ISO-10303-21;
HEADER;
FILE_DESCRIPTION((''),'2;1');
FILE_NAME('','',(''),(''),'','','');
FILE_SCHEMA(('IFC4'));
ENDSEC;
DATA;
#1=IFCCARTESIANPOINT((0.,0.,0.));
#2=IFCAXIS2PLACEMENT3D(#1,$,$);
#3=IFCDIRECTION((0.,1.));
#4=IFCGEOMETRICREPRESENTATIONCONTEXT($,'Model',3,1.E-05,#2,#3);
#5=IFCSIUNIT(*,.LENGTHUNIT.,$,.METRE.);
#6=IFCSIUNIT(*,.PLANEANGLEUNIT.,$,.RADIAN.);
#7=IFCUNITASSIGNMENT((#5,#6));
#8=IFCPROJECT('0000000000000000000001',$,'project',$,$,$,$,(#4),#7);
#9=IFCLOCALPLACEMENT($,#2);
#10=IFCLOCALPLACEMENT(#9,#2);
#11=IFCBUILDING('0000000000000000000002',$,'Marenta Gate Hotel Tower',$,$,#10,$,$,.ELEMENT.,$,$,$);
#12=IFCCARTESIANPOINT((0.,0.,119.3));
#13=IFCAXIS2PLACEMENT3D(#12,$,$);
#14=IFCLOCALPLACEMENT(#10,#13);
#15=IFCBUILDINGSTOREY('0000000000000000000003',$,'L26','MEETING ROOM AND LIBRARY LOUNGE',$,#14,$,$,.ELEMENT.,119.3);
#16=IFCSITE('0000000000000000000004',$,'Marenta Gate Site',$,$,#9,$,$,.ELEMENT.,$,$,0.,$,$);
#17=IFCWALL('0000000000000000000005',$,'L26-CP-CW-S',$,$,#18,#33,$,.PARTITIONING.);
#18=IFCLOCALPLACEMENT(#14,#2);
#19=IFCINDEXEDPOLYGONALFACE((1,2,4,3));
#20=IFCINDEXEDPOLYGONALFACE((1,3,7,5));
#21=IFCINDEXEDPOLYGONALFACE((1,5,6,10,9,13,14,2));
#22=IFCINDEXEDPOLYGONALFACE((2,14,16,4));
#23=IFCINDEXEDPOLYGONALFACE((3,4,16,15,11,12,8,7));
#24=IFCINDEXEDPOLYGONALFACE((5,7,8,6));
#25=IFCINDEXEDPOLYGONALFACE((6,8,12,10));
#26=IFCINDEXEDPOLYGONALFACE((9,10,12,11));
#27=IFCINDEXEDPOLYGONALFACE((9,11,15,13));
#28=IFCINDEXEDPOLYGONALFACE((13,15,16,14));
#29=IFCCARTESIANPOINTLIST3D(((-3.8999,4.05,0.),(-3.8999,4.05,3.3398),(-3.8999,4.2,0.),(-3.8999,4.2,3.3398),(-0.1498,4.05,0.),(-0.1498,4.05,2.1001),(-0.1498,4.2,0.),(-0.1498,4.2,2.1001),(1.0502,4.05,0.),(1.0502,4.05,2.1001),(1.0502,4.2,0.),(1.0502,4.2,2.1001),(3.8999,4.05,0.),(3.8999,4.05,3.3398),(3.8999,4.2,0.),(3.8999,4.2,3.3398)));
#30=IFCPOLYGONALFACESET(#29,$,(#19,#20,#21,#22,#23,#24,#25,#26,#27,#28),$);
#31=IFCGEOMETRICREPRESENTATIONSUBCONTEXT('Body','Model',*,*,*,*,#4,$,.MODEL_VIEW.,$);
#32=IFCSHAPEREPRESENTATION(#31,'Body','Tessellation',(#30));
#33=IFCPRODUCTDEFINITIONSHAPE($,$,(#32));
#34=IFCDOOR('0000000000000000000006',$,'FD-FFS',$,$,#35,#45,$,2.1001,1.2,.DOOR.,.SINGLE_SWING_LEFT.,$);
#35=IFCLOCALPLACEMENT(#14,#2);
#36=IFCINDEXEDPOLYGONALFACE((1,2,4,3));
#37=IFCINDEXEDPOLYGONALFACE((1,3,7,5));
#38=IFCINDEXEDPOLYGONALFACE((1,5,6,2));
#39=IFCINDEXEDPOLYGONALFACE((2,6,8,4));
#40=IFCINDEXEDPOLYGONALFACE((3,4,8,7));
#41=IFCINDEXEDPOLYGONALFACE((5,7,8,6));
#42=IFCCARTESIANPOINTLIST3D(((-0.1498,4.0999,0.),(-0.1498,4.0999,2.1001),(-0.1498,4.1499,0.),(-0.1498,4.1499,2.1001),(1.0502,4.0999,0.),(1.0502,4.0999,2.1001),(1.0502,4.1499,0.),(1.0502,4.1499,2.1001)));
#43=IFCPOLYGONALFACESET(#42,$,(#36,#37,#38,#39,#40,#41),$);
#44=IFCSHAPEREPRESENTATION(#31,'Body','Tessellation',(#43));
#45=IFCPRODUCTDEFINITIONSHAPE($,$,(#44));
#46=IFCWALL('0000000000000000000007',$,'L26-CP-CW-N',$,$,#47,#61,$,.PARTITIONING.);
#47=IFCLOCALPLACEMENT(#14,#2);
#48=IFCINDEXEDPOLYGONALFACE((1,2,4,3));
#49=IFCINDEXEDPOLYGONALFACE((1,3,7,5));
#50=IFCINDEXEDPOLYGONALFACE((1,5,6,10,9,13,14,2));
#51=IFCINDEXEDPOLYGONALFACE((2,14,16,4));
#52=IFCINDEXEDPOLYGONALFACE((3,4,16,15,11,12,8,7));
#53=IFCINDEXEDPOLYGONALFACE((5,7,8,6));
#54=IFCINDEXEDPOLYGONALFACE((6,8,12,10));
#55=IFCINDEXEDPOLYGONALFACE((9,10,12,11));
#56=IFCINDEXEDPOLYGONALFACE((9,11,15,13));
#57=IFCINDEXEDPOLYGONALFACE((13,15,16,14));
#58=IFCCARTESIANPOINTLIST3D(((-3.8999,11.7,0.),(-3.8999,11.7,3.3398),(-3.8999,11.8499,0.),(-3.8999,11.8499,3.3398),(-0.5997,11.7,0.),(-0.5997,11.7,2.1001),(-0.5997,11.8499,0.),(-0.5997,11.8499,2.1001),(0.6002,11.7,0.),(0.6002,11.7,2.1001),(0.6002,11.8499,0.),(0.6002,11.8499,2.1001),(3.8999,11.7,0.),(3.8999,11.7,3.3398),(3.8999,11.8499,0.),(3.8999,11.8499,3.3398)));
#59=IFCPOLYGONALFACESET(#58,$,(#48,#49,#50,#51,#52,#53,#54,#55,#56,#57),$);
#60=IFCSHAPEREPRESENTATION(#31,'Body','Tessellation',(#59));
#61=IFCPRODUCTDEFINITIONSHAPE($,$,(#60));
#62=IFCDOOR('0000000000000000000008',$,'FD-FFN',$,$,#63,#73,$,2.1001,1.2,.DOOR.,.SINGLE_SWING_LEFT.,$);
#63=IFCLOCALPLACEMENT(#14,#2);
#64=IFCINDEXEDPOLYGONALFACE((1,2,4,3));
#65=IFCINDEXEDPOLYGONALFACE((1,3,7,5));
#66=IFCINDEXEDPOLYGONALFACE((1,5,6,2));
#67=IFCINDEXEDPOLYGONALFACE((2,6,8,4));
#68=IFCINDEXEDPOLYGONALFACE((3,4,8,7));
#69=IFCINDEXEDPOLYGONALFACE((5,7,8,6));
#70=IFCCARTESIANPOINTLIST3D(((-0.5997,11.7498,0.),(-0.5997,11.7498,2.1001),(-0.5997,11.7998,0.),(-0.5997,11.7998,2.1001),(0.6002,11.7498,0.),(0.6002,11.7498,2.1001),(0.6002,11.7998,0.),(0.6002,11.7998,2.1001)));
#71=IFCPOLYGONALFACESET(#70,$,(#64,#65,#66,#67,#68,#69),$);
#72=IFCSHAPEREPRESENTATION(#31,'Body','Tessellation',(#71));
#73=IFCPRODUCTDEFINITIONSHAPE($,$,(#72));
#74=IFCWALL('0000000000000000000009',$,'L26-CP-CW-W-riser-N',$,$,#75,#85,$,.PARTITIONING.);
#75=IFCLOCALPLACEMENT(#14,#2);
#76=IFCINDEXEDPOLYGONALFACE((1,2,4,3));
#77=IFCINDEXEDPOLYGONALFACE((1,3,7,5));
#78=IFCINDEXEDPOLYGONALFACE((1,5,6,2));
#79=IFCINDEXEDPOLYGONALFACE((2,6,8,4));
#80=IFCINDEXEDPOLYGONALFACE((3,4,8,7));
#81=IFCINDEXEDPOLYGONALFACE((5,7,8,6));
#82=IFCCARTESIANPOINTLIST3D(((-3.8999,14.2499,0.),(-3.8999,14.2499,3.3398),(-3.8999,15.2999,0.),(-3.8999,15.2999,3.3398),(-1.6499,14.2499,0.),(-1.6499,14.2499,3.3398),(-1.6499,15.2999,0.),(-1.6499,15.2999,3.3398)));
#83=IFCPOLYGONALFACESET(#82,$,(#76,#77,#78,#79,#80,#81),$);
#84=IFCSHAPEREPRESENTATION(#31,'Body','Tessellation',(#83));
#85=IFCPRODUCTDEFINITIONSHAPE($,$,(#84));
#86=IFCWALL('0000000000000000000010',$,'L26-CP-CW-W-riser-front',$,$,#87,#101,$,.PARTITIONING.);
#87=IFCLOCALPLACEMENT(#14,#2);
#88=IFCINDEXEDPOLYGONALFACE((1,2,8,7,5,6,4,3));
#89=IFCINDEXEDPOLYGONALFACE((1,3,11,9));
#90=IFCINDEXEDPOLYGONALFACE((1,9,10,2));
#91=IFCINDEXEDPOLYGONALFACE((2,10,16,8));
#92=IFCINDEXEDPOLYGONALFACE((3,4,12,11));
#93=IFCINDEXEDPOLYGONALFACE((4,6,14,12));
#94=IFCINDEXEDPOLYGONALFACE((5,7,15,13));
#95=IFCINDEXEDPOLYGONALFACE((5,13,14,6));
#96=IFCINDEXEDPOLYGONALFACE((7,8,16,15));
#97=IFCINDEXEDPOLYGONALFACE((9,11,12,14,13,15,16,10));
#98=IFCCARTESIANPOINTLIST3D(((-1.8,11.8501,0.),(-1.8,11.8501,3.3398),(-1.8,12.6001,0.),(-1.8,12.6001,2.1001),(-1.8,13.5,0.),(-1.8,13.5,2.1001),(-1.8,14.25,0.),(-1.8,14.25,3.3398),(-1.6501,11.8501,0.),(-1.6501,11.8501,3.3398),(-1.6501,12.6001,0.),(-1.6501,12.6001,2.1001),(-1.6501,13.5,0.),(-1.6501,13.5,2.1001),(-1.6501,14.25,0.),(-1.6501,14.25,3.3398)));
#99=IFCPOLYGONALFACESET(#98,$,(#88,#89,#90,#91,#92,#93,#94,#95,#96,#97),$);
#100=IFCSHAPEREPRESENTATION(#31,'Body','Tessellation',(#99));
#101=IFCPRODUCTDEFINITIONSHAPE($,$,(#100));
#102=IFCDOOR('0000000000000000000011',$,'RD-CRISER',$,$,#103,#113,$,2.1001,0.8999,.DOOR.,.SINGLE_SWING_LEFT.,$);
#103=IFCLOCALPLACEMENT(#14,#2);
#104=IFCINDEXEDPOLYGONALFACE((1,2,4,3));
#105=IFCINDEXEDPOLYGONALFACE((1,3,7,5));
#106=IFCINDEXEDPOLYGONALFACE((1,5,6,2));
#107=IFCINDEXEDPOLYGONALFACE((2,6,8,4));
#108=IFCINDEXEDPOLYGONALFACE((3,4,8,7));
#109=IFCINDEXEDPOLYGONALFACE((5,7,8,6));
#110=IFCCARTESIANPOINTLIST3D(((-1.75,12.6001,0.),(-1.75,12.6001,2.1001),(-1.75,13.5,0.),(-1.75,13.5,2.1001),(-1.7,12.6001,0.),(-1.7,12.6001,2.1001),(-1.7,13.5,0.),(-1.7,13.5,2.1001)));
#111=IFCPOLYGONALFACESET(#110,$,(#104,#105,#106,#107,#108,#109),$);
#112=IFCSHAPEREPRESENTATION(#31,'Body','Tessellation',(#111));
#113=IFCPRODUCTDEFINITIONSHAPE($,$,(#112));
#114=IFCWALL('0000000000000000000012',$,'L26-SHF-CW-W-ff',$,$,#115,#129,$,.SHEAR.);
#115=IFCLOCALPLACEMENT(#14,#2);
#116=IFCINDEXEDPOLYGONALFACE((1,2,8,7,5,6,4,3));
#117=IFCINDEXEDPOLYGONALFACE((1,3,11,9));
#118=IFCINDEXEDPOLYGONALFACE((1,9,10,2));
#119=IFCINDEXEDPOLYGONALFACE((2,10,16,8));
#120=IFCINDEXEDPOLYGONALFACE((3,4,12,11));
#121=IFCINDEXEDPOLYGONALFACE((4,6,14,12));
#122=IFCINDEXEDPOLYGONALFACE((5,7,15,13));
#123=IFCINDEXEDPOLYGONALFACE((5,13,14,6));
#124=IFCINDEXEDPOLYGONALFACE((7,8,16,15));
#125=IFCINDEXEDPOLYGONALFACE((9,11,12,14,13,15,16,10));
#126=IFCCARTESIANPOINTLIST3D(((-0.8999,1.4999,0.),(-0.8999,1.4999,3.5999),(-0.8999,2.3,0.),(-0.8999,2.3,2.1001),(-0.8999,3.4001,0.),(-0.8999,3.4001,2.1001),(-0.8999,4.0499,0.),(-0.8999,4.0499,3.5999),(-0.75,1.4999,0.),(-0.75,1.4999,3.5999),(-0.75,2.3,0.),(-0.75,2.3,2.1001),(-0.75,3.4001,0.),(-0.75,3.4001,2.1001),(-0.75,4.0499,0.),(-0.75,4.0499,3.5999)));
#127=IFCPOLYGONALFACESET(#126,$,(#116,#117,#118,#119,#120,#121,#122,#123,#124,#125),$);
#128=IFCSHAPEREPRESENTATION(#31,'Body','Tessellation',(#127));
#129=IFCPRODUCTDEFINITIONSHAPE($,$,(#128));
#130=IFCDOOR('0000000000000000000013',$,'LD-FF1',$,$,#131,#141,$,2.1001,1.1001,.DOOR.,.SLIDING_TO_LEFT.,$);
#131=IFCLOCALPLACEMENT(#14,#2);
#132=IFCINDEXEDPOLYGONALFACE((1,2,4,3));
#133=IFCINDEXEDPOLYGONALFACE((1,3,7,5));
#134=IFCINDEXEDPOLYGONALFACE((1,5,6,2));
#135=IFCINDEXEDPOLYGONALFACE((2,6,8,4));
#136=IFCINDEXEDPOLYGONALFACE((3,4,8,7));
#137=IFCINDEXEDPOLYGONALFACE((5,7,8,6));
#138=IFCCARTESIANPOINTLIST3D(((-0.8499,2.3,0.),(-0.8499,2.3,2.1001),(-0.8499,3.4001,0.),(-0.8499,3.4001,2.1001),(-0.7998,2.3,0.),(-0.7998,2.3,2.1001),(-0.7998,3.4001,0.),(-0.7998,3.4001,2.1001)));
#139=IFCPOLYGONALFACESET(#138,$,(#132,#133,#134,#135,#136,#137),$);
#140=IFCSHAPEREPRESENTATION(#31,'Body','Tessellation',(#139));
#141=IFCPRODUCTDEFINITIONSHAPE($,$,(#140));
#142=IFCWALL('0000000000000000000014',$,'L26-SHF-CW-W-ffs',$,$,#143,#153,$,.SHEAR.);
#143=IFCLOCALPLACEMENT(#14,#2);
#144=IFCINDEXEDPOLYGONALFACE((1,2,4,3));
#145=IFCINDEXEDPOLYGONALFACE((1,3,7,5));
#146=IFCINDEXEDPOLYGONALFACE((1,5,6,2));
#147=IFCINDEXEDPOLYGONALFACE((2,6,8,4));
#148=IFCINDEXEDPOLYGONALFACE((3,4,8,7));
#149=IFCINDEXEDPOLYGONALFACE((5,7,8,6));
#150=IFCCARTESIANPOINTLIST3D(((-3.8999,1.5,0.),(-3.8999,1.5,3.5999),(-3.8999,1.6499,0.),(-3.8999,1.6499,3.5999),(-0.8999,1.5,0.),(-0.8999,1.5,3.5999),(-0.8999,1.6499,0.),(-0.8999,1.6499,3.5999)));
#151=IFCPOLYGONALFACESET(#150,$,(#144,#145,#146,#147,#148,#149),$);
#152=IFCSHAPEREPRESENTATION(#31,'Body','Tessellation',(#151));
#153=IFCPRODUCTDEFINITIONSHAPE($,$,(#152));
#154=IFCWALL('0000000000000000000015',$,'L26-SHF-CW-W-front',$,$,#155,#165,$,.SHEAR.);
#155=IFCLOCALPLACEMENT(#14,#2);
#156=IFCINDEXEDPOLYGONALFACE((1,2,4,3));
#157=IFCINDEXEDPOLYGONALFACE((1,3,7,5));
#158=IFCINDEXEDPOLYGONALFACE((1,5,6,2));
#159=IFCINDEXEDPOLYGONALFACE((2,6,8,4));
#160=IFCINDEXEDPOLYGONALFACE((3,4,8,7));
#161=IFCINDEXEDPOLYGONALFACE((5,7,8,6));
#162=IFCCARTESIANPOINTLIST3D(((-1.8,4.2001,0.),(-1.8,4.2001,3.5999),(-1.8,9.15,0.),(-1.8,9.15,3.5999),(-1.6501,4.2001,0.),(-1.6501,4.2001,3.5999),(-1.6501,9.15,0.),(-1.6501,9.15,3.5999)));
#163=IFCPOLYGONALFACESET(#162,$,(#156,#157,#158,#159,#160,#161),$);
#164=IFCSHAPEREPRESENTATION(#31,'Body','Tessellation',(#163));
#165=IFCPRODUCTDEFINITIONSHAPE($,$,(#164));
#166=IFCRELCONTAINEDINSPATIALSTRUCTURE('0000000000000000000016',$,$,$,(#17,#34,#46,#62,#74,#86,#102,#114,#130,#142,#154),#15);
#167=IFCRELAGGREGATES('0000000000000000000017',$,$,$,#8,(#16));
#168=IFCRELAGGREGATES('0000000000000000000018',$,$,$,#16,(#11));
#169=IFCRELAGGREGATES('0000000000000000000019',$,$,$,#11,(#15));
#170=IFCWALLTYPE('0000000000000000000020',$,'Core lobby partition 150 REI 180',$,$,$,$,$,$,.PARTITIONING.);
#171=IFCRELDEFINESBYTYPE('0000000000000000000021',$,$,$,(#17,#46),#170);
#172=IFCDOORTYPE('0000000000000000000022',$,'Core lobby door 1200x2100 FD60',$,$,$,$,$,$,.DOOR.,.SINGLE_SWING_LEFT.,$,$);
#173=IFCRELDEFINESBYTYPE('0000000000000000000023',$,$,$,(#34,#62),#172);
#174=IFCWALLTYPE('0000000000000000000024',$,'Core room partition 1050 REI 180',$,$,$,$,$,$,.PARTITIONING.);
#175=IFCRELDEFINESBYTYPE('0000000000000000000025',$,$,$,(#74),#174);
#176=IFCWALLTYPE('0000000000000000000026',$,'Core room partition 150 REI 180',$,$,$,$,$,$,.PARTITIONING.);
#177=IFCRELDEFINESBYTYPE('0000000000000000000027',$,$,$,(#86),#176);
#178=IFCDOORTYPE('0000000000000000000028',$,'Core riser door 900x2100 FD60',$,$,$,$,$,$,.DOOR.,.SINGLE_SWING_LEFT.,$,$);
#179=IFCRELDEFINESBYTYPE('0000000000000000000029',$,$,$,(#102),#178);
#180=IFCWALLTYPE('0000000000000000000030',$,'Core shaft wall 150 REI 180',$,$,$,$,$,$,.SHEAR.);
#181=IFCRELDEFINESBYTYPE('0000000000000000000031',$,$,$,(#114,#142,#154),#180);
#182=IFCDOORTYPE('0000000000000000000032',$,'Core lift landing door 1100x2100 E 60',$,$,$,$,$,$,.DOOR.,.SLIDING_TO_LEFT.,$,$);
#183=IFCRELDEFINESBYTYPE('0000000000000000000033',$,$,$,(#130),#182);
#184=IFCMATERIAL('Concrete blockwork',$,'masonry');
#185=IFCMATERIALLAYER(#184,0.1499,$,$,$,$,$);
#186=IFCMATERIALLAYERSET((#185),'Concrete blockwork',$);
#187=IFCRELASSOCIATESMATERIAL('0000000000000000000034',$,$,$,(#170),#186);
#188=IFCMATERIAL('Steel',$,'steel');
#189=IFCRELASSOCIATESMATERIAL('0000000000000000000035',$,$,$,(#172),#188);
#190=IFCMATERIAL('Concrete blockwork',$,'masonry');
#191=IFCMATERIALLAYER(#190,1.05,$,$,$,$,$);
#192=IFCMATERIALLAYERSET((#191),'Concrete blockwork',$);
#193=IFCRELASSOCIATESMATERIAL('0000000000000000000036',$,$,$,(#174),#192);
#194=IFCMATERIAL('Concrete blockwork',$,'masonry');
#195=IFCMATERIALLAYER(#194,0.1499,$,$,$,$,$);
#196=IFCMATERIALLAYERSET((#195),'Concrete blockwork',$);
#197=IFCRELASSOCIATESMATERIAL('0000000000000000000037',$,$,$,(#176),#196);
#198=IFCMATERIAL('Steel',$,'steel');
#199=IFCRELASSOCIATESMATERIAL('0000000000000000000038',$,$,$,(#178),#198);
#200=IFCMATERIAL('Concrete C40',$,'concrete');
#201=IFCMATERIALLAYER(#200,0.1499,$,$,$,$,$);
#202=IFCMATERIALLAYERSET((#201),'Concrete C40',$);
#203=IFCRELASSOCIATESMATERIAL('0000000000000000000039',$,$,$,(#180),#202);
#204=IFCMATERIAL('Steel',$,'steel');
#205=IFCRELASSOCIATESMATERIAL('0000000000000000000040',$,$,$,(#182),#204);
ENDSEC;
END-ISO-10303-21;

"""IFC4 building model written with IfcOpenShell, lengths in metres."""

from ifc_helpers import new_model, si_unit, direction, frame, frame_2d, origin, place, context, subcontext, project, spatial, rectangle, extrude, material, layer, layer_set, type_object, element, fill, save


model = new_model("IFC4")

# Units and contexts
model_context = context("Model", 3, precision=1e-05, world=origin(), true_north=direction((0.0, 1.0)))
body_context = subcontext(model_context, "Body", "Model", "MODEL_VIEW")
ifc_project = project(units=[si_unit("LENGTHUNIT", "METRE"), si_unit("PLANEANGLEUNIT", "RADIAN")], contexts=[model_context])

# Site, building, storey
site_placement = place(None, origin())
site = spatial("IfcSite", under=ifc_project, at=site_placement, Name="Marenta Gate Site", CompositionType="ELEMENT", RefElevation=0.0)
building_placement = place(site_placement, origin())
building = spatial("IfcBuilding", under=site, at=building_placement, Name="Marenta Gate Hotel Tower", CompositionType="ELEMENT")
storey_placement = place(building_placement, frame((0.0, 0.0, 119.3)))
storey = spatial("IfcBuildingStorey", under=building, at=storey_placement, Name="L26", Description="MEETING ROOM AND LIBRARY LOUNGE", CompositionType="ELEMENT", Elevation=119.3)

# Walls, openings, doors
ifc_material_1 = material(Name="Concrete blockwork", Category="masonry")
ifc_layer_1 = layer(ifc_material_1, 0.1499)
ifc_layer_set_1 = layer_set([ifc_layer_1], Name="Concrete blockwork")
wall_type_1 = type_object("IfcWallType", Name="Core lobby partition 150 REI 180", PredefinedType="PARTITIONING", material=ifc_layer_set_1)
wall_1_placement = place(storey_placement, frame((-3.8999, 4.125, 0.0), z_axis=(0.0, 0.0, 1.0), x_axis=(1.0, 0.0, 0.0)))
wall_1 = element("IfcWall", 1, at=wall_1_placement, inside=storey, type_object=wall_type_1, Name="L26-CP-CW-S", PredefinedType="PARTITIONING", context=body_context, shape_type="SweptSolid", body=[
    extrude(rectangle(XDim=7.7998, YDim=0.1499, at=frame_2d((3.8999, 0.0))), origin(), (0.0, 0.0, 1.0), 3.3398),
])
opening_1_placement = place(wall_1_placement, frame((3.75, 0.0, 0.0)))
opening_1 = element("IfcOpeningElement", 2, at=opening_1_placement, cuts=wall_1, PredefinedType="OPENING", context=body_context, shape_type="SweptSolid", body=[
    extrude(rectangle(XDim=1.2, YDim=2.1001, at=frame_2d((0.6001, 1.05))), frame((0.0, 0.075, 0.0), z_axis=(0.0, -1.0, 0.0), x_axis=(1.0, 0.0, 0.0)), (0.0, 0.0, 1.0), 0.1499),
])
ifc_material_2 = material(Name="Steel", Category="steel")
door_type_1 = type_object("IfcDoorType", Name="Core lobby door 1200x2100 FD60", OperationType="SINGLE_SWING_LEFT", PredefinedType="DOOR", material=ifc_material_2)
door_1_placement = place(opening_1_placement, origin())
door_1 = element("IfcDoor", 3, at=door_1_placement, inside=storey, type_object=door_type_1, Name="FD-FFS", OperationType="SINGLE_SWING_LEFT", OverallHeight=2.1001, OverallWidth=1.2, PredefinedType="DOOR", context=body_context, shape_type="SweptSolid", body=[
    extrude(rectangle(XDim=1.2, YDim=2.1001, at=frame_2d((0.6001, 1.05))), frame((0.0, 0.0249, 0.0), z_axis=(0.0, -1.0, 0.0), x_axis=(1.0, 0.0, 0.0)), (0.0, 0.0, 1.0), 0.05),
])
fill(opening_1, door_1)
wall_2_placement = place(storey_placement, frame((-3.8999, 11.7749, 0.0), z_axis=(0.0, 0.0, 1.0), x_axis=(1.0, 0.0, 0.0)))
wall_2 = element("IfcWall", 4, at=wall_2_placement, inside=storey, type_object=wall_type_1, Name="L26-CP-CW-N", PredefinedType="PARTITIONING", context=body_context, shape_type="SweptSolid", body=[
    extrude(rectangle(XDim=7.7998, YDim=0.1499, at=frame_2d((3.8999, 0.0))), origin(), (0.0, 0.0, 1.0), 3.3398),
])
opening_2_placement = place(wall_2_placement, frame((3.3, 0.0, 0.0)))
opening_2 = element("IfcOpeningElement", 5, at=opening_2_placement, cuts=wall_2, PredefinedType="OPENING", context=body_context, shape_type="SweptSolid", body=[
    extrude(rectangle(XDim=1.2, YDim=2.1001, at=frame_2d((0.6001, 1.05))), frame((0.0, 0.075, 0.0), z_axis=(0.0, -1.0, 0.0), x_axis=(1.0, 0.0, 0.0)), (0.0, 0.0, 1.0), 0.1499),
])
door_2_placement = place(opening_2_placement, origin())
door_2 = element("IfcDoor", 6, at=door_2_placement, inside=storey, type_object=door_type_1, Name="FD-FFN", OperationType="SINGLE_SWING_LEFT", OverallHeight=2.1001, OverallWidth=1.2, PredefinedType="DOOR", context=body_context, shape_type="SweptSolid", body=[
    extrude(rectangle(XDim=1.2, YDim=2.1001, at=frame_2d((0.6001, 1.05))), frame((0.0, 0.0249, 0.0), z_axis=(0.0, -1.0, 0.0), x_axis=(1.0, 0.0, 0.0)), (0.0, 0.0, 1.0), 0.05),
])
fill(opening_2, door_2)

# Wall
ifc_material_3 = material(Name="Concrete blockwork", Category="masonry")
ifc_layer_2 = layer(ifc_material_3, 1.05)
ifc_layer_set_2 = layer_set([ifc_layer_2], Name="Concrete blockwork")
wall_type_2 = type_object("IfcWallType", Name="Core room partition 1050 REI 180", PredefinedType="PARTITIONING", material=ifc_layer_set_2)
wall_3_placement = place(storey_placement, frame((-3.8999, 14.7749, 0.0), z_axis=(0.0, 0.0, 1.0), x_axis=(1.0, 0.0, 0.0)))
element("IfcWall", 7, at=wall_3_placement, inside=storey, type_object=wall_type_2, Name="L26-CP-CW-W-riser-N", PredefinedType="PARTITIONING", context=body_context, shape_type="SweptSolid", body=[
    extrude(rectangle(XDim=2.25, YDim=1.05, at=frame_2d((1.125, 0.0))), origin(), (0.0, 0.0, 1.0), 3.3398),
])

# Walls, openings, doors
ifc_material_4 = material(Name="Concrete blockwork", Category="masonry")
ifc_layer_3 = layer(ifc_material_4, 0.1499)
ifc_layer_set_3 = layer_set([ifc_layer_3], Name="Concrete blockwork")
wall_type_3 = type_object("IfcWallType", Name="Core room partition 150 REI 180", PredefinedType="PARTITIONING", material=ifc_layer_set_3)
wall_4_placement = place(storey_placement, frame((-1.7251, 11.8501, 0.0), z_axis=(0.0, 0.0, 1.0), x_axis=(0.0, 1.0, 0.0)))
wall_4 = element("IfcWall", 8, at=wall_4_placement, inside=storey, type_object=wall_type_3, Name="L26-CP-CW-W-riser-front", PredefinedType="PARTITIONING", context=body_context, shape_type="SweptSolid", body=[
    extrude(rectangle(XDim=2.3999, YDim=0.1499, at=frame_2d((1.2, 0.0))), origin(), (0.0, 0.0, 1.0), 3.3398),
])
opening_3_placement = place(wall_4_placement, frame((0.75, 0.0, 0.0)))
opening_3 = element("IfcOpeningElement", 9, at=opening_3_placement, cuts=wall_4, PredefinedType="OPENING", context=body_context, shape_type="SweptSolid", body=[
    extrude(rectangle(XDim=0.8999, YDim=2.1001, at=frame_2d((0.45, 1.05))), frame((0.0, 0.075, 0.0), z_axis=(0.0, -1.0, 0.0), x_axis=(1.0, 0.0, 0.0)), (0.0, 0.0, 1.0), 0.1499),
])
ifc_material_5 = material(Name="Steel", Category="steel")
door_type_2 = type_object("IfcDoorType", Name="Core riser door 900x2100 FD60", OperationType="SINGLE_SWING_LEFT", PredefinedType="DOOR", material=ifc_material_5)
door_3_placement = place(opening_3_placement, origin())
door_3 = element("IfcDoor", 10, at=door_3_placement, inside=storey, type_object=door_type_2, Name="RD-CRISER", OperationType="SINGLE_SWING_LEFT", OverallHeight=2.1001, OverallWidth=0.8999, PredefinedType="DOOR", context=body_context, shape_type="SweptSolid", body=[
    extrude(rectangle(XDim=0.8999, YDim=2.1001, at=frame_2d((0.45, 1.05))), frame((0.0, 0.0249, 0.0), z_axis=(0.0, -1.0, 0.0), x_axis=(1.0, 0.0, 0.0)), (0.0, 0.0, 1.0), 0.05),
])
fill(opening_3, door_3)
ifc_material_6 = material(Name="Concrete C40", Category="concrete")
ifc_layer_4 = layer(ifc_material_6, 0.1499)
ifc_layer_set_4 = layer_set([ifc_layer_4], Name="Concrete C40")
wall_type_4 = type_object("IfcWallType", Name="Core shaft wall 150 REI 180", PredefinedType="SHEAR", material=ifc_layer_set_4)
wall_5_placement = place(storey_placement, frame((-0.825, 1.5, 0.0), z_axis=(0.0, 0.0, 1.0), x_axis=(0.0, 1.0, 0.0)))
wall_5 = element("IfcWall", 11, at=wall_5_placement, inside=storey, type_object=wall_type_4, Name="L26-SHF-CW-W-ff", PredefinedType="SHEAR", context=body_context, shape_type="SweptSolid", body=[
    extrude(rectangle(XDim=2.55, YDim=0.1499, at=frame_2d((1.2749, 0.0))), origin(), (0.0, 0.0, 1.0), 3.5999),
])
opening_4_placement = place(wall_5_placement, frame((0.8, 0.0, 0.0)))
opening_4 = element("IfcOpeningElement", 12, at=opening_4_placement, cuts=wall_5, PredefinedType="OPENING", context=body_context, shape_type="SweptSolid", body=[
    extrude(rectangle(XDim=1.1001, YDim=2.1001, at=frame_2d((0.55, 1.05))), frame((0.0, 0.075, 0.0), z_axis=(0.0, -1.0, 0.0), x_axis=(1.0, 0.0, 0.0)), (0.0, 0.0, 1.0), 0.1499),
])
ifc_material_7 = material(Name="Steel", Category="steel")
door_type_3 = type_object("IfcDoorType", Name="Core lift landing door 1100x2100 E 60", OperationType="SLIDING_TO_LEFT", PredefinedType="DOOR", material=ifc_material_7)
door_4_placement = place(opening_4_placement, origin())
door_4 = element("IfcDoor", 13, at=door_4_placement, inside=storey, type_object=door_type_3, Name="LD-FF1", OperationType="SLIDING_TO_LEFT", OverallHeight=2.1001, OverallWidth=1.1001, PredefinedType="DOOR", context=body_context, shape_type="SweptSolid", body=[
    extrude(rectangle(XDim=1.1001, YDim=2.1001, at=frame_2d((0.55, 1.05))), frame((0.0, 0.0249, 0.0), z_axis=(0.0, -1.0, 0.0), x_axis=(1.0, 0.0, 0.0)), (0.0, 0.0, 1.0), 0.05),
])
fill(opening_4, door_4)

# Walls
wall_6_placement = place(storey_placement, frame((-3.8999, 1.575, 0.0), z_axis=(0.0, 0.0, 1.0), x_axis=(1.0, 0.0, 0.0)))
element("IfcWall", 14, at=wall_6_placement, inside=storey, type_object=wall_type_4, Name="L26-SHF-CW-W-ffs", PredefinedType="SHEAR", context=body_context, shape_type="SweptSolid", body=[
    extrude(rectangle(XDim=3.0, YDim=0.1499, at=frame_2d((1.5, 0.0))), origin(), (0.0, 0.0, 1.0), 3.5999),
])
wall_7_placement = place(storey_placement, frame((-1.7251, 4.2, 0.0), z_axis=(0.0, 0.0, 1.0), x_axis=(0.0, 1.0, 0.0)))
element("IfcWall", 15, at=wall_7_placement, inside=storey, type_object=wall_type_4, Name="L26-SHF-CW-W-front", PredefinedType="SHEAR", context=body_context, shape_type="SweptSolid", body=[
    extrude(rectangle(XDim=4.95, YDim=0.1499, at=frame_2d((2.4751, 0.0))), origin(), (0.0, 0.0, 1.0), 3.5999),
])

save(model, "model.ifc")
